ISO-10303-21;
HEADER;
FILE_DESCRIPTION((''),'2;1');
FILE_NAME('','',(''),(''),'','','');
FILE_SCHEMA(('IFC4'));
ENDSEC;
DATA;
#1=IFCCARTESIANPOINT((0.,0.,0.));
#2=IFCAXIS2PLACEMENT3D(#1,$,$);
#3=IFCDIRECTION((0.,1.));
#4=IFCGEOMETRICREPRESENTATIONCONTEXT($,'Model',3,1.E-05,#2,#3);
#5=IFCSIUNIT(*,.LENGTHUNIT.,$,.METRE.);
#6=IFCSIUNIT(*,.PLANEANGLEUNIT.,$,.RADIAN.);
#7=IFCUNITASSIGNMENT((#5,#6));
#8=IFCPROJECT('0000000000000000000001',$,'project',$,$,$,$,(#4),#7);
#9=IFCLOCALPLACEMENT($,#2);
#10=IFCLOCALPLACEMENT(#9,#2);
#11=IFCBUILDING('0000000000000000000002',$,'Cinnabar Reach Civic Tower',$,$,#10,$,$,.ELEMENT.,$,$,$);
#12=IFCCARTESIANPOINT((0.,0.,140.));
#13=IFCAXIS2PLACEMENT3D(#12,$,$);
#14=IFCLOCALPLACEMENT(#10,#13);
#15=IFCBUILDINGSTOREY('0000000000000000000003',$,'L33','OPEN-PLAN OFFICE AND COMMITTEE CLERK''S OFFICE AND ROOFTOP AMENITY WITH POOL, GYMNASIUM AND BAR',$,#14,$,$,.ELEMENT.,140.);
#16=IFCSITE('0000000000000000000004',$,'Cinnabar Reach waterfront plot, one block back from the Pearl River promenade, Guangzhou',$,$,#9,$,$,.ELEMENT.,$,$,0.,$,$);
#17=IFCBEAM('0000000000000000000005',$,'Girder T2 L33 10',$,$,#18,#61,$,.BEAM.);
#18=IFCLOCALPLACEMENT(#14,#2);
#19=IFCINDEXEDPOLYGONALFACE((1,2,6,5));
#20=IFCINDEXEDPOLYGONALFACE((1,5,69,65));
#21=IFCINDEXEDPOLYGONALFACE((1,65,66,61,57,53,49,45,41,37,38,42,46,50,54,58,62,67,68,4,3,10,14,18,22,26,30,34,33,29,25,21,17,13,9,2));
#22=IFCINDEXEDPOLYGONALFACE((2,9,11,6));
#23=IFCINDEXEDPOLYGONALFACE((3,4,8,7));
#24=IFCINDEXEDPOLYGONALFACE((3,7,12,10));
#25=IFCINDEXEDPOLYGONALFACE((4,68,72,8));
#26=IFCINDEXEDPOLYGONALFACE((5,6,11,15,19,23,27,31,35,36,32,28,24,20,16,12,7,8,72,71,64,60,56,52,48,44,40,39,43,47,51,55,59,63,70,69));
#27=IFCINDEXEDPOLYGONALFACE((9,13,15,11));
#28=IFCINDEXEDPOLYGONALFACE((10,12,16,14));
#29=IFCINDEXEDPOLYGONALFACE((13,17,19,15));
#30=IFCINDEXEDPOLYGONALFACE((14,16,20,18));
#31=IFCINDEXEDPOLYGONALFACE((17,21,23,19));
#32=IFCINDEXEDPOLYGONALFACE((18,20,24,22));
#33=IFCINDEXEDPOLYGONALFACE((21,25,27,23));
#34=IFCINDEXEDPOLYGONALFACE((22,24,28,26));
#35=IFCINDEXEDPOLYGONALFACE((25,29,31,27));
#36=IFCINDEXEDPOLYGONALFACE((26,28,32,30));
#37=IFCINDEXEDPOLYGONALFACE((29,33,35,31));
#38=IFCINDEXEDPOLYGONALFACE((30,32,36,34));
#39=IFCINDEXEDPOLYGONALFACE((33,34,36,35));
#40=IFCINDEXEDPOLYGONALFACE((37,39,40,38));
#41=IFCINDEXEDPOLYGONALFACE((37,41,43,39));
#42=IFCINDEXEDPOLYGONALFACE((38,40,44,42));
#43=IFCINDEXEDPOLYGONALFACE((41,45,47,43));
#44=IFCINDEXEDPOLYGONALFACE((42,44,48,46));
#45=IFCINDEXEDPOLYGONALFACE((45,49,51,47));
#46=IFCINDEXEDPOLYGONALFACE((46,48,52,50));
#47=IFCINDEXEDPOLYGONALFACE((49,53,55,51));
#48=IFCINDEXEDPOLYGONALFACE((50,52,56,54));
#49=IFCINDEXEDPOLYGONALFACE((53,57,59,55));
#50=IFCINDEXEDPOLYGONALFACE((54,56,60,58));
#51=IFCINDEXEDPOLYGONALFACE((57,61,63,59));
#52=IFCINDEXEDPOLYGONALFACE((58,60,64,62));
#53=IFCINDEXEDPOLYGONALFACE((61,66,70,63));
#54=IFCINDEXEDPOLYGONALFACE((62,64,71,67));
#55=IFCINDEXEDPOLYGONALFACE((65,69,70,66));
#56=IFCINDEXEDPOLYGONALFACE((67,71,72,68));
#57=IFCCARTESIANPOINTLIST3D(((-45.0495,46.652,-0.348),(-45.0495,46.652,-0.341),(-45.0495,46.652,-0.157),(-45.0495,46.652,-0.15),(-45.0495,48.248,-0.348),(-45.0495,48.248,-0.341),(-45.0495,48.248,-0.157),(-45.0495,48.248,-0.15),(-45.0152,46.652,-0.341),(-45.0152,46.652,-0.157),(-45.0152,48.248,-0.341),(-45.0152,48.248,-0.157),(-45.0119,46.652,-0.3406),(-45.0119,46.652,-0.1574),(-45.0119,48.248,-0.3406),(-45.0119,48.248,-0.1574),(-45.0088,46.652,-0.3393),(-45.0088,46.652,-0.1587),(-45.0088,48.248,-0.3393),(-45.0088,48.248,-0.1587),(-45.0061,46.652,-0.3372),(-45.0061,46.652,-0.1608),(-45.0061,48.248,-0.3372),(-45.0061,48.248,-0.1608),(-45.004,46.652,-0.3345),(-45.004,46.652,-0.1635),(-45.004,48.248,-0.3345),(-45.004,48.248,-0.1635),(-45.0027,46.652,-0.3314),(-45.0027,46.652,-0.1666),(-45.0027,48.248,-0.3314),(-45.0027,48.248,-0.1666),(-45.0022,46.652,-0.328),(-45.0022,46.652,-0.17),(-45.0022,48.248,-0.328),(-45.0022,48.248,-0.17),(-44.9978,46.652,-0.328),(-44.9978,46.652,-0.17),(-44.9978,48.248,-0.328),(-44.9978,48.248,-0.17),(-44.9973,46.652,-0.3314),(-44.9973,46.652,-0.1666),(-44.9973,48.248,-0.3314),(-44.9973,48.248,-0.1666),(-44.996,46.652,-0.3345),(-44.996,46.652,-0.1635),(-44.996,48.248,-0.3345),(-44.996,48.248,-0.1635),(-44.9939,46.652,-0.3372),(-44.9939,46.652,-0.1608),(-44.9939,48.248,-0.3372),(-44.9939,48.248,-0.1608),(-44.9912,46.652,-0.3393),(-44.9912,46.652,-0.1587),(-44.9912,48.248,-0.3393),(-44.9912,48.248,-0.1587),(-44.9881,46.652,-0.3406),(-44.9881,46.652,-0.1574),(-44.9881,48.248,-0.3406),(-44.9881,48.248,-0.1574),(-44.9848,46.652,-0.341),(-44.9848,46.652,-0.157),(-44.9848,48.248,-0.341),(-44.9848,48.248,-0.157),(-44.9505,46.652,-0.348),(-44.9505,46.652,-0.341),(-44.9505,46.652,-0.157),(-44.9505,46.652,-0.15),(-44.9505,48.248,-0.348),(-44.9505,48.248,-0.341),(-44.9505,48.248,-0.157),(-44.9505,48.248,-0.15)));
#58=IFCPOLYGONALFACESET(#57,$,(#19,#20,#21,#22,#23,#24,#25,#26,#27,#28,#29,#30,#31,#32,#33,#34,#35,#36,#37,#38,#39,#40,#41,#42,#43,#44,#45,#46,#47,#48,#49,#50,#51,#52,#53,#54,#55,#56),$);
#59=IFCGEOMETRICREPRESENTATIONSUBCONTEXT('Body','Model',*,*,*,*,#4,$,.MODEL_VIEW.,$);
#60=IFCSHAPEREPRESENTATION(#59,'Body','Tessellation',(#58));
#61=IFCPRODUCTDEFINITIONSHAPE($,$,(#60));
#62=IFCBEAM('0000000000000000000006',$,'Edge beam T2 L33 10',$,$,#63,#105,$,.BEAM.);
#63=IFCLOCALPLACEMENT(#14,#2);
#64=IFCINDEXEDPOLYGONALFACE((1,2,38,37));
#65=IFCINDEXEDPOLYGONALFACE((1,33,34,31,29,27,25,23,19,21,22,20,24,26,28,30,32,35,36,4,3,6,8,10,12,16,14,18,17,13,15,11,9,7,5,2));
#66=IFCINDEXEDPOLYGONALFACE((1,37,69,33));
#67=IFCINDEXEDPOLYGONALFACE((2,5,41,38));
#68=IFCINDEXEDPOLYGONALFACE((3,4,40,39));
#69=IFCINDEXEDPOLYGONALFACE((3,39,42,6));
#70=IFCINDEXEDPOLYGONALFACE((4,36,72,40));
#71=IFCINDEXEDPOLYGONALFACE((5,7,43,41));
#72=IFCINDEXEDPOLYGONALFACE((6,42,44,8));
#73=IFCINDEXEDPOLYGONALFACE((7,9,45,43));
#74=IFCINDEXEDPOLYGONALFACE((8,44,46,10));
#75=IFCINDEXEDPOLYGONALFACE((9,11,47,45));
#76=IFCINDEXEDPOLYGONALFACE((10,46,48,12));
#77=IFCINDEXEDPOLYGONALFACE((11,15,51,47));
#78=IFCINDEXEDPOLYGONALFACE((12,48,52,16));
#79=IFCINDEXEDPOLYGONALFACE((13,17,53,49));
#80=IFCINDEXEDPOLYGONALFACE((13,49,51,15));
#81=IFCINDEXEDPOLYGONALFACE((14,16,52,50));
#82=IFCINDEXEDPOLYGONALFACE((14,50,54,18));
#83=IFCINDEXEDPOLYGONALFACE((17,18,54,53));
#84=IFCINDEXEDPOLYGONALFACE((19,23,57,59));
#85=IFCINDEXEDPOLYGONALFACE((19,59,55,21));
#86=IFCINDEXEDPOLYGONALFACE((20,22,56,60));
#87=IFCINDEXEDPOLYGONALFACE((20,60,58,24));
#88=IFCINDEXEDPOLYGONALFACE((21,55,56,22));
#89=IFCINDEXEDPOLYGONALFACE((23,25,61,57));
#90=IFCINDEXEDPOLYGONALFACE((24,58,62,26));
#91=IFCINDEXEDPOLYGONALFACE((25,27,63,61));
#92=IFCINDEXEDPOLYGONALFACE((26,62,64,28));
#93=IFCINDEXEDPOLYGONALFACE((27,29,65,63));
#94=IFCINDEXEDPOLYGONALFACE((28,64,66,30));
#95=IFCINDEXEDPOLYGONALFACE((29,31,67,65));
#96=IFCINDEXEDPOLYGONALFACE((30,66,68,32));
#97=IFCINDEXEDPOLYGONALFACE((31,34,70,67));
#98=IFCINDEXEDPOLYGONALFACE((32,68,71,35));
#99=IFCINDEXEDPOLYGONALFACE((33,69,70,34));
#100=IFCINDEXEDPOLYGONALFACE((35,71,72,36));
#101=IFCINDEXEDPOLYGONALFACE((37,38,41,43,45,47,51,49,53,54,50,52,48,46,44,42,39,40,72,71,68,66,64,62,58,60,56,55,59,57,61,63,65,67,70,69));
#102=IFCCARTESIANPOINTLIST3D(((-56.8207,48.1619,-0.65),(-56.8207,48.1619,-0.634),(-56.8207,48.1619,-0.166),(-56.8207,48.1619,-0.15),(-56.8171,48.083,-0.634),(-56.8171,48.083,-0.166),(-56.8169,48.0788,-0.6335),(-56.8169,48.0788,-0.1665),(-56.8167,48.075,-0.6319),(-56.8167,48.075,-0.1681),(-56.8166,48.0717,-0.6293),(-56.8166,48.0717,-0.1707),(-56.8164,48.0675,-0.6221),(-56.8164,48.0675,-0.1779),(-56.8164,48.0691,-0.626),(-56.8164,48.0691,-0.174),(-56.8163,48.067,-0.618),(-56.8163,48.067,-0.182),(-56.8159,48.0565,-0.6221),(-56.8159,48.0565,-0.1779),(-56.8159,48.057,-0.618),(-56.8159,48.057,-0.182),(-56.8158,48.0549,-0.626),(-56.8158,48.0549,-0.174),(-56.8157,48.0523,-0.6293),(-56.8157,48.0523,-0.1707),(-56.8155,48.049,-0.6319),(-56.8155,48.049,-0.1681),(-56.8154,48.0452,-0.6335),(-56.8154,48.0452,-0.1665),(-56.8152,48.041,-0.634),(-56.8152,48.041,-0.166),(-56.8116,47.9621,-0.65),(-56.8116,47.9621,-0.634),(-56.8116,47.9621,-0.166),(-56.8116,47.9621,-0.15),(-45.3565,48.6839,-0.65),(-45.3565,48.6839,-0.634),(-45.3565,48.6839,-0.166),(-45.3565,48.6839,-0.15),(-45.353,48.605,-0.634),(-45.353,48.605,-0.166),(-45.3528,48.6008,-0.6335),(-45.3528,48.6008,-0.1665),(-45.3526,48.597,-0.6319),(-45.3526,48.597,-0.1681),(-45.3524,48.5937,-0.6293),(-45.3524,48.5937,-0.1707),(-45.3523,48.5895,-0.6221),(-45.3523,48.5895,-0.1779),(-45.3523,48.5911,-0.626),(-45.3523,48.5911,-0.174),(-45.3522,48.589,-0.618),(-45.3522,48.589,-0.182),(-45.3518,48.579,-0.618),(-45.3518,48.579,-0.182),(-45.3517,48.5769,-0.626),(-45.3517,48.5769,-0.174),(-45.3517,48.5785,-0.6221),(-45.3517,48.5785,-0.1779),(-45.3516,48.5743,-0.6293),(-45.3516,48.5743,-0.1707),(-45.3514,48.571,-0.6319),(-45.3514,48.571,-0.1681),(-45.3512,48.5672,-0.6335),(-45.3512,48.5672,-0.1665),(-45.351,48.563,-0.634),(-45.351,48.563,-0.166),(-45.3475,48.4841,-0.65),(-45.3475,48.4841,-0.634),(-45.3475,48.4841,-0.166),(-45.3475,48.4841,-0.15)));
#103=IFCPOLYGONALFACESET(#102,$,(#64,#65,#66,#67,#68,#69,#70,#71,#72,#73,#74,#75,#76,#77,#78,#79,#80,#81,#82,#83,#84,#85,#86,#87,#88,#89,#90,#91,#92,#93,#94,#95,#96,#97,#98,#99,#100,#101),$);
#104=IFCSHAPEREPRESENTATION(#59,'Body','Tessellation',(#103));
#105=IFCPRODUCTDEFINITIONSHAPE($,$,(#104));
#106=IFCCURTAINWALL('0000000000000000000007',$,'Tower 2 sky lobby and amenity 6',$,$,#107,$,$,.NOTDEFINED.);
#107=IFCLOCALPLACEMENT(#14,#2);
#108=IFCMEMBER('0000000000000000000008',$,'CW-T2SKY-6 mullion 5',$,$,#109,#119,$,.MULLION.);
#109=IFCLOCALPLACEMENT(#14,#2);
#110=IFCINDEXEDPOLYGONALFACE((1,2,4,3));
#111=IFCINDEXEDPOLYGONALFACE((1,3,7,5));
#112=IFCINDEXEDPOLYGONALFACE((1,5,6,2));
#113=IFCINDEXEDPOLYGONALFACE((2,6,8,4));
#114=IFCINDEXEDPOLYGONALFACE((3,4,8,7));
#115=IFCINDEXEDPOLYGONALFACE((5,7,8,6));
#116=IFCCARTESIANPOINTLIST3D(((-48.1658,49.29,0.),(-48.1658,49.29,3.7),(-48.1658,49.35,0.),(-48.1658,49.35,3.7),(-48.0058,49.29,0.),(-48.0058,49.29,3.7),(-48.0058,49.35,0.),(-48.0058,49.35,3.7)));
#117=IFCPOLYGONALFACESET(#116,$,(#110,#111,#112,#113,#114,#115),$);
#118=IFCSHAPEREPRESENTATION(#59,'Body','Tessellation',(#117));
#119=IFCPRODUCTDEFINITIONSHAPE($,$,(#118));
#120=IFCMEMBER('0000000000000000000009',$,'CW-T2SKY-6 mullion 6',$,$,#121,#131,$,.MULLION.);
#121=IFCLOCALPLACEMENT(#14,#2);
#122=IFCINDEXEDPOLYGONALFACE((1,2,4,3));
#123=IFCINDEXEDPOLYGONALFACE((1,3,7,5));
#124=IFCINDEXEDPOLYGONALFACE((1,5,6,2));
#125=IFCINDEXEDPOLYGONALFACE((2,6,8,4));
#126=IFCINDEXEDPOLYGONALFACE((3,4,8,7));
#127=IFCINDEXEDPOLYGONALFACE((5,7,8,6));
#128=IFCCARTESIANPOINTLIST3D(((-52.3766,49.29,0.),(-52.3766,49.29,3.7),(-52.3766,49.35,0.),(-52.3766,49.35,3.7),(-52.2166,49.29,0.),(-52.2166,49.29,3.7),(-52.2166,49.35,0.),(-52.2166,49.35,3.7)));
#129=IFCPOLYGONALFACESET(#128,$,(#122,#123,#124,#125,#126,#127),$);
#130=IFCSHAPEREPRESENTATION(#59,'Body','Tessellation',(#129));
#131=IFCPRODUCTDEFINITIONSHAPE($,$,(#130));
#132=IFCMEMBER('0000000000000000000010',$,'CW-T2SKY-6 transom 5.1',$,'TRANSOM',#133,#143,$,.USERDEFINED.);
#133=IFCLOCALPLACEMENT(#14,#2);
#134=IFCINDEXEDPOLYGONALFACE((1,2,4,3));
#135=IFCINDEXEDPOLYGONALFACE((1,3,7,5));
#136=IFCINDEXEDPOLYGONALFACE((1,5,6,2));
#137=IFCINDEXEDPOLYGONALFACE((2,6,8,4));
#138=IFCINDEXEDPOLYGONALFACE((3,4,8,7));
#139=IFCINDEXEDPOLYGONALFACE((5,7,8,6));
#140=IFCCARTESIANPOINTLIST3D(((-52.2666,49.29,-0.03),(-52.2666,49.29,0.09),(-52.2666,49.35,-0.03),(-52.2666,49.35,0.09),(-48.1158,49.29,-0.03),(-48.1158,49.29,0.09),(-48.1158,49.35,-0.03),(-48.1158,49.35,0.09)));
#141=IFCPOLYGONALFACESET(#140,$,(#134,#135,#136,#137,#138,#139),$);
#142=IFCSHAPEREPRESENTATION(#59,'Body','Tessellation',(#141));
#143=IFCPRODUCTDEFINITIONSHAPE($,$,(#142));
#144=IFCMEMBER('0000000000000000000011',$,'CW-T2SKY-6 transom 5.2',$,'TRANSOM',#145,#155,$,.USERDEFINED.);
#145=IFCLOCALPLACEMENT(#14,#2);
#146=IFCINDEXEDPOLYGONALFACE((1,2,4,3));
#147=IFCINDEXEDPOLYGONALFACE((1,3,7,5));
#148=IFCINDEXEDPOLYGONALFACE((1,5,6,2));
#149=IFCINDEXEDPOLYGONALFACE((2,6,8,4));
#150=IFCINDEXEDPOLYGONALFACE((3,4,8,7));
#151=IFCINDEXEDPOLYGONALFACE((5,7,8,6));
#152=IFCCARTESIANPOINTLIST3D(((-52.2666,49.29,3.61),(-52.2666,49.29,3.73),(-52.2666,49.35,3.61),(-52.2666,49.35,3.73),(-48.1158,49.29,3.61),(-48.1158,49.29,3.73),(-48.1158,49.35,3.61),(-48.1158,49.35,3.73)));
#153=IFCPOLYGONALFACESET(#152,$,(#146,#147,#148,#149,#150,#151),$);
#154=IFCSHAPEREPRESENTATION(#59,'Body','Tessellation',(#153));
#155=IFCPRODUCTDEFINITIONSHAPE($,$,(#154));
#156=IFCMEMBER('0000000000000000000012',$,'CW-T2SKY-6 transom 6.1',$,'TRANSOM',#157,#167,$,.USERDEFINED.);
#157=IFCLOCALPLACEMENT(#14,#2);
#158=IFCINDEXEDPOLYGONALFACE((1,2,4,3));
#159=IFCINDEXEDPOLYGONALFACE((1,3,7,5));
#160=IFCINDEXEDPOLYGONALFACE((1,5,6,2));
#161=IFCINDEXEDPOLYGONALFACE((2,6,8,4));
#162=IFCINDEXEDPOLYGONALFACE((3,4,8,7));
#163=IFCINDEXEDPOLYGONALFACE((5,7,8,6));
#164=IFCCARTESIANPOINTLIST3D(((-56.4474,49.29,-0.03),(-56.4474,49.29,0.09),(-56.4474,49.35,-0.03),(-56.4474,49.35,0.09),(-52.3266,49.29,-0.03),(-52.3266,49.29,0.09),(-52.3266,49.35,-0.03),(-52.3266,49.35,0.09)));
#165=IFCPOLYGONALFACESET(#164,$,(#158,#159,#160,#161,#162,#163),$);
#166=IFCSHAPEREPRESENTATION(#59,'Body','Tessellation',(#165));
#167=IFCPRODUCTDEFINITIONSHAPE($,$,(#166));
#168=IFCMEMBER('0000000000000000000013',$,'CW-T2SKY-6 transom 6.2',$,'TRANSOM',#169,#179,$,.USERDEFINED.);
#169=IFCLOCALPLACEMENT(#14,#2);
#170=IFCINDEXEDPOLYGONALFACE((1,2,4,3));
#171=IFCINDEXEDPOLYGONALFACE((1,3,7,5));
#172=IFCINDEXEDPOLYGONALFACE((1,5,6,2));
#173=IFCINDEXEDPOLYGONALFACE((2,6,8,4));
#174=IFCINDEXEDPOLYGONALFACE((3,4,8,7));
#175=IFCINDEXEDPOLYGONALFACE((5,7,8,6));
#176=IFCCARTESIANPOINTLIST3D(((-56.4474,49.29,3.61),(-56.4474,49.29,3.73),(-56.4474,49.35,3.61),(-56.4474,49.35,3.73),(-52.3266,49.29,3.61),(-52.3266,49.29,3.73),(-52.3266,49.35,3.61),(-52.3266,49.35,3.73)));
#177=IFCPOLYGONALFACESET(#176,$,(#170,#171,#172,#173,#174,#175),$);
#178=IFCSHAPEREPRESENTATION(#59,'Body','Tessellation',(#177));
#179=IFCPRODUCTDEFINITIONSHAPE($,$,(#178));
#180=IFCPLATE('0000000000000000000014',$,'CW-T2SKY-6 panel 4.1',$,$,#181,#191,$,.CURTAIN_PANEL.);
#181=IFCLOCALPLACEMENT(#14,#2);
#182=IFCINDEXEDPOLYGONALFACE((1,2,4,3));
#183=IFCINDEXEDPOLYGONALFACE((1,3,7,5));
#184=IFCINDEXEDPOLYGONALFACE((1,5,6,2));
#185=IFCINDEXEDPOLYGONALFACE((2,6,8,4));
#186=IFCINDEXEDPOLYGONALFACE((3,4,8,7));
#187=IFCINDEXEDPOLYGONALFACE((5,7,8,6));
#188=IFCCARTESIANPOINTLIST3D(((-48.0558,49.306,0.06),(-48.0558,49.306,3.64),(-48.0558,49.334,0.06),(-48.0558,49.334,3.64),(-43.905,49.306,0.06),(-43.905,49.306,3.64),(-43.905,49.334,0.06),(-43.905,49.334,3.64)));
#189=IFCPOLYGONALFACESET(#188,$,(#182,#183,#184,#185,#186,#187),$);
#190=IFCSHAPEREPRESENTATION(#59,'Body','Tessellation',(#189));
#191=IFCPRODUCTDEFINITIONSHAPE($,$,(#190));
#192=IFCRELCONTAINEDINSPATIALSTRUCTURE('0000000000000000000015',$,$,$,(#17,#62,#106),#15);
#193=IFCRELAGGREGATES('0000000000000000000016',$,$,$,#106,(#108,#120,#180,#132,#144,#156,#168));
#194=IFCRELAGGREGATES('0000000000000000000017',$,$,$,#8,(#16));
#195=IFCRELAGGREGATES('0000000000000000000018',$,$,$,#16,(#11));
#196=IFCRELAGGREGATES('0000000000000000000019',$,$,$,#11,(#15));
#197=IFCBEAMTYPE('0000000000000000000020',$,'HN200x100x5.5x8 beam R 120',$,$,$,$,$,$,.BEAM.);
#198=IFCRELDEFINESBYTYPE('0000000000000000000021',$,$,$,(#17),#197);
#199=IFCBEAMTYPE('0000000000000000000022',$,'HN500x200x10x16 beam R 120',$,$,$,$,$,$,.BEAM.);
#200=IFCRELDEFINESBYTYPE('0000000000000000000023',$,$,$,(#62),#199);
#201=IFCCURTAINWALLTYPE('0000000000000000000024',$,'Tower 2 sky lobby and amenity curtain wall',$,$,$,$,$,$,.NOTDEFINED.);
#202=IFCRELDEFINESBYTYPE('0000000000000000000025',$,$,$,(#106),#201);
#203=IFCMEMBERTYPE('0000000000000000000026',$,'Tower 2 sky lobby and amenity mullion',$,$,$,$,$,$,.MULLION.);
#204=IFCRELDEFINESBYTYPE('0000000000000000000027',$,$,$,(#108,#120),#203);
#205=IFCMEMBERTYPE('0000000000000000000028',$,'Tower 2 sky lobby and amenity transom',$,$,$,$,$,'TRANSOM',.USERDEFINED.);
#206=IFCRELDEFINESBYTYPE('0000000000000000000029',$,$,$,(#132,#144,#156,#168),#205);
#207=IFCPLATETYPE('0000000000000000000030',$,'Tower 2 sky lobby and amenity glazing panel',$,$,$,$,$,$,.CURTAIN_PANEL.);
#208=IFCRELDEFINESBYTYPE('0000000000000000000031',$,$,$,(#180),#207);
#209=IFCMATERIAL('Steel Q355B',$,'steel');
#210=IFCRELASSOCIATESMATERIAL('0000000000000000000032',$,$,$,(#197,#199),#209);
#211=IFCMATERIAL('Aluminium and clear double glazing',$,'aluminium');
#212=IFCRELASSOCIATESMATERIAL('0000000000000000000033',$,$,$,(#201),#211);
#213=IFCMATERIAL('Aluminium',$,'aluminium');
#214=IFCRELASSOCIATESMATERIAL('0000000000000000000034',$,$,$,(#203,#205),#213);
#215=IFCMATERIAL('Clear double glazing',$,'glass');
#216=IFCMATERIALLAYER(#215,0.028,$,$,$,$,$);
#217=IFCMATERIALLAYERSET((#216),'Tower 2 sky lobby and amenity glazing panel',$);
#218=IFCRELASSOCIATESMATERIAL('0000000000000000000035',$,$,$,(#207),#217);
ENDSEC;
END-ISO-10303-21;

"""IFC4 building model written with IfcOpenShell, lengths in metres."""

from ifc_helpers import new_model, si_unit, direction, frame, origin, origin_2d, place, context, subcontext, project, spatial, rectangle, i_section, extrude, material, layer, layer_set, material_profile, profile_set, type_object, element, aggregate, save


model = new_model("IFC4")

# Units and contexts
model_context = context("Model", 3, precision=1e-05, world=origin(), true_north=direction((0.0, 1.0)))
body_context = subcontext(model_context, "Body", "Model", "MODEL_VIEW")
ifc_project = project(units=[si_unit("LENGTHUNIT", "METRE"), si_unit("PLANEANGLEUNIT", "RADIAN")], contexts=[model_context])

# Site, building, storey
site_placement = place(None, origin())
site = spatial("IfcSite", under=ifc_project, at=site_placement, Name="Cinnabar Reach waterfront plot, one block back from the Pearl River promenade, Guangzhou", CompositionType="ELEMENT", RefElevation=0.0)
building_placement = place(site_placement, origin())
building = spatial("IfcBuilding", under=site, at=building_placement, Name="Cinnabar Reach Civic Tower", CompositionType="ELEMENT")
storey_placement = place(building_placement, frame((0.0, 0.0, 140.0)))
storey = spatial("IfcBuildingStorey", under=building, at=storey_placement, Name="L33", Description="OPEN-PLAN OFFICE AND COMMITTEE CLERK'S OFFICE AND ROOFTOP AMENITY WITH POOL, GYMNASIUM AND BAR", CompositionType="ELEMENT", Elevation=140.0)

# Beams
ifc_material_1 = material(Name="Steel Q355B", Category="steel")
ifc_material_profile_1 = material_profile(ifc_material_1, i_section(OverallWidth=0.099, OverallDepth=0.198, WebThickness=0.0045, FlangeThickness=0.007, FilletRadius=0.013, at=origin_2d()), Name="HN200x100x5.5x8")
ifc_profile_set_1 = profile_set([ifc_material_profile_1], Name="Steel Q355B")
beam_type_1 = type_object("IfcBeamType", Name="HN200x100x5.5x8 beam R 120", PredefinedType="BEAM", material=ifc_profile_set_1)
beam_1_placement = place(storey_placement, frame((-45.0, 46.652, -0.249), z_axis=(0.0, 1.0, 0.0), x_axis=(-1.0, 0.0, 0.0)))
element("IfcBeam", 1, at=beam_1_placement, inside=storey, type_object=beam_type_1, Name="Girder T2 L33 10", PredefinedType="BEAM", context=body_context, shape_type="SweptSolid", body=[
    extrude(i_section(OverallWidth=0.099, OverallDepth=0.198, WebThickness=0.0045, FlangeThickness=0.007, FilletRadius=0.013, at=origin_2d()), origin(), (0.0, 0.0, 1.0), 1.596),
])
ifc_material_profile_2 = material_profile(ifc_material_1, i_section(OverallWidth=0.2, OverallDepth=0.5, WebThickness=0.01, FlangeThickness=0.016, FilletRadius=0.016, at=origin_2d()), Name="HN500x200x10x16")
ifc_profile_set_2 = profile_set([ifc_material_profile_2], Name="Steel Q355B")
beam_type_2 = type_object("IfcBeamType", Name="HN500x200x10x16 beam R 120", PredefinedType="BEAM", material=ifc_profile_set_2)
beam_2_placement = place(storey_placement, frame((-45.352, 48.584, -0.4), z_axis=(-0.998965, -0.045486, 0.0), x_axis=(0.045486, -0.998965, 0.0)))
element("IfcBeam", 2, at=beam_2_placement, inside=storey, type_object=beam_type_2, Name="Edge beam T2 L33 10", PredefinedType="BEAM", context=body_context, shape_type="SweptSolid", body=[
    extrude(i_section(OverallWidth=0.2, OverallDepth=0.5, WebThickness=0.01, FlangeThickness=0.016, FilletRadius=0.016, at=origin_2d()), origin(), (0.0, 0.0, 1.0), 11.476),
])

# Curtain wall, members, plate
ifc_material_2 = material(Name="Aluminium and clear double glazing", Category="aluminium")
curtain_wall_type = type_object("IfcCurtainWallType", Name="Tower 2 sky lobby and amenity curtain wall", PredefinedType="NOTDEFINED", material=ifc_material_2)
curtain_wall_placement = place(storey_placement, origin())
curtain_wall = element("IfcCurtainWall", 3, at=curtain_wall_placement, inside=storey, type_object=curtain_wall_type, Name="Tower 2 sky lobby and amenity 6", PredefinedType="NOTDEFINED")
ifc_material_3 = material(Name="Aluminium", Category="aluminium")
ifc_material_profile_3 = material_profile(ifc_material_3, rectangle(XDim=0.06, YDim=0.16, at=origin_2d()), Name="Tower 2 sky lobby and amenity mullion")
ifc_profile_set_3 = profile_set([ifc_material_profile_3], Name="Aluminium")
member_type_1 = type_object("IfcMemberType", Name="Tower 2 sky lobby and amenity mullion", PredefinedType="MULLION", material=ifc_profile_set_3)
member_1_placement = place(storey_placement, frame((-48.0858, 49.32, 0.0), z_axis=(0.0, 0.0, 1.0), x_axis=(0.0, -1.0, 0.0)))
member_1 = element("IfcMember", 4, at=member_1_placement, type_object=member_type_1, Name="CW-T2SKY-6 mullion 5", PredefinedType="MULLION", context=body_context, shape_type="SweptSolid", body=[
    extrude(rectangle(XDim=0.06, YDim=0.16, at=origin_2d()), origin(), (0.0, 0.0, 1.0), 3.7),
])
member_2_placement = place(storey_placement, frame((-52.2966, 49.32, 0.0), z_axis=(0.0, 0.0, 1.0), x_axis=(0.0, -1.0, 0.0)))
member_2 = element("IfcMember", 5, at=member_2_placement, type_object=member_type_1, Name="CW-T2SKY-6 mullion 6", PredefinedType="MULLION", context=body_context, shape_type="SweptSolid", body=[
    extrude(rectangle(XDim=0.06, YDim=0.16, at=origin_2d()), origin(), (0.0, 0.0, 1.0), 3.7),
])
ifc_material_profile_4 = material_profile(ifc_material_3, rectangle(XDim=0.06, YDim=0.12, at=origin_2d()), Name="Tower 2 sky lobby and amenity transom")
ifc_profile_set_4 = profile_set([ifc_material_profile_4], Name="Aluminium")
member_type_2 = type_object("IfcMemberType", Name="Tower 2 sky lobby and amenity transom", ElementType="TRANSOM", PredefinedType="USERDEFINED", material=ifc_profile_set_4)
member_3_placement = place(storey_placement, frame((-48.1158, 49.32, 0.03), z_axis=(-1.0, 0.0, 0.0), x_axis=(0.0, -1.0, 0.0)))
member_3 = element("IfcMember", 6, at=member_3_placement, type_object=member_type_2, Name="CW-T2SKY-6 transom 5.1", ObjectType="TRANSOM", PredefinedType="USERDEFINED", context=body_context, shape_type="SweptSolid", body=[
    extrude(rectangle(XDim=0.06, YDim=0.12, at=origin_2d()), origin(), (0.0, 0.0, 1.0), 4.1508),
])
member_4_placement = place(storey_placement, frame((-48.1158, 49.32, 3.67), z_axis=(-1.0, 0.0, 0.0), x_axis=(0.0, -1.0, 0.0)))
member_4 = element("IfcMember", 7, at=member_4_placement, type_object=member_type_2, Name="CW-T2SKY-6 transom 5.2", ObjectType="TRANSOM", PredefinedType="USERDEFINED", context=body_context, shape_type="SweptSolid", body=[
    extrude(rectangle(XDim=0.06, YDim=0.12, at=origin_2d()), origin(), (0.0, 0.0, 1.0), 4.1508),
])
member_5_placement = place(storey_placement, frame((-52.3266, 49.32, 0.03), z_axis=(-1.0, 0.0, 0.0), x_axis=(0.0, -1.0, 0.0)))
member_5 = element("IfcMember", 8, at=member_5_placement, type_object=member_type_2, Name="CW-T2SKY-6 transom 6.1", ObjectType="TRANSOM", PredefinedType="USERDEFINED", context=body_context, shape_type="SweptSolid", body=[
    extrude(rectangle(XDim=0.06, YDim=0.12, at=origin_2d()), origin(), (0.0, 0.0, 1.0), 4.1208),
])
member_6_placement = place(storey_placement, frame((-52.3266, 49.32, 3.67), z_axis=(-1.0, 0.0, 0.0), x_axis=(0.0, -1.0, 0.0)))
member_6 = element("IfcMember", 9, at=member_6_placement, type_object=member_type_2, Name="CW-T2SKY-6 transom 6.2", ObjectType="TRANSOM", PredefinedType="USERDEFINED", context=body_context, shape_type="SweptSolid", body=[
    extrude(rectangle(XDim=0.06, YDim=0.12, at=origin_2d()), origin(), (0.0, 0.0, 1.0), 4.1208),
])
ifc_material_4 = material(Name="Clear double glazing", Category="glass")
ifc_layer_1 = layer(ifc_material_4, 0.028)
ifc_layer_set_1 = layer_set([ifc_layer_1], Name="Tower 2 sky lobby and amenity glazing panel")
plate_type = type_object("IfcPlateType", Name="Tower 2 sky lobby and amenity glazing panel", PredefinedType="CURTAIN_PANEL", material=ifc_layer_set_1)
plate_1_placement = place(storey_placement, frame((-45.9804, 49.32, 0.06), z_axis=(0.0, 0.0, 1.0), x_axis=(-1.0, 0.0, 0.0)))
plate_1 = element("IfcPlate", 10, at=plate_1_placement, type_object=plate_type, Name="CW-T2SKY-6 panel 4.1", PredefinedType="CURTAIN_PANEL", context=body_context, shape_type="SweptSolid", body=[
    extrude(rectangle(XDim=4.1508, YDim=0.028, at=origin_2d()), origin(), (0.0, 0.0, 1.0), 3.58),
])
aggregate(curtain_wall, [member_1, member_2, plate_1, member_3, member_4, member_5, member_6])

save(model, "model.ifc")
